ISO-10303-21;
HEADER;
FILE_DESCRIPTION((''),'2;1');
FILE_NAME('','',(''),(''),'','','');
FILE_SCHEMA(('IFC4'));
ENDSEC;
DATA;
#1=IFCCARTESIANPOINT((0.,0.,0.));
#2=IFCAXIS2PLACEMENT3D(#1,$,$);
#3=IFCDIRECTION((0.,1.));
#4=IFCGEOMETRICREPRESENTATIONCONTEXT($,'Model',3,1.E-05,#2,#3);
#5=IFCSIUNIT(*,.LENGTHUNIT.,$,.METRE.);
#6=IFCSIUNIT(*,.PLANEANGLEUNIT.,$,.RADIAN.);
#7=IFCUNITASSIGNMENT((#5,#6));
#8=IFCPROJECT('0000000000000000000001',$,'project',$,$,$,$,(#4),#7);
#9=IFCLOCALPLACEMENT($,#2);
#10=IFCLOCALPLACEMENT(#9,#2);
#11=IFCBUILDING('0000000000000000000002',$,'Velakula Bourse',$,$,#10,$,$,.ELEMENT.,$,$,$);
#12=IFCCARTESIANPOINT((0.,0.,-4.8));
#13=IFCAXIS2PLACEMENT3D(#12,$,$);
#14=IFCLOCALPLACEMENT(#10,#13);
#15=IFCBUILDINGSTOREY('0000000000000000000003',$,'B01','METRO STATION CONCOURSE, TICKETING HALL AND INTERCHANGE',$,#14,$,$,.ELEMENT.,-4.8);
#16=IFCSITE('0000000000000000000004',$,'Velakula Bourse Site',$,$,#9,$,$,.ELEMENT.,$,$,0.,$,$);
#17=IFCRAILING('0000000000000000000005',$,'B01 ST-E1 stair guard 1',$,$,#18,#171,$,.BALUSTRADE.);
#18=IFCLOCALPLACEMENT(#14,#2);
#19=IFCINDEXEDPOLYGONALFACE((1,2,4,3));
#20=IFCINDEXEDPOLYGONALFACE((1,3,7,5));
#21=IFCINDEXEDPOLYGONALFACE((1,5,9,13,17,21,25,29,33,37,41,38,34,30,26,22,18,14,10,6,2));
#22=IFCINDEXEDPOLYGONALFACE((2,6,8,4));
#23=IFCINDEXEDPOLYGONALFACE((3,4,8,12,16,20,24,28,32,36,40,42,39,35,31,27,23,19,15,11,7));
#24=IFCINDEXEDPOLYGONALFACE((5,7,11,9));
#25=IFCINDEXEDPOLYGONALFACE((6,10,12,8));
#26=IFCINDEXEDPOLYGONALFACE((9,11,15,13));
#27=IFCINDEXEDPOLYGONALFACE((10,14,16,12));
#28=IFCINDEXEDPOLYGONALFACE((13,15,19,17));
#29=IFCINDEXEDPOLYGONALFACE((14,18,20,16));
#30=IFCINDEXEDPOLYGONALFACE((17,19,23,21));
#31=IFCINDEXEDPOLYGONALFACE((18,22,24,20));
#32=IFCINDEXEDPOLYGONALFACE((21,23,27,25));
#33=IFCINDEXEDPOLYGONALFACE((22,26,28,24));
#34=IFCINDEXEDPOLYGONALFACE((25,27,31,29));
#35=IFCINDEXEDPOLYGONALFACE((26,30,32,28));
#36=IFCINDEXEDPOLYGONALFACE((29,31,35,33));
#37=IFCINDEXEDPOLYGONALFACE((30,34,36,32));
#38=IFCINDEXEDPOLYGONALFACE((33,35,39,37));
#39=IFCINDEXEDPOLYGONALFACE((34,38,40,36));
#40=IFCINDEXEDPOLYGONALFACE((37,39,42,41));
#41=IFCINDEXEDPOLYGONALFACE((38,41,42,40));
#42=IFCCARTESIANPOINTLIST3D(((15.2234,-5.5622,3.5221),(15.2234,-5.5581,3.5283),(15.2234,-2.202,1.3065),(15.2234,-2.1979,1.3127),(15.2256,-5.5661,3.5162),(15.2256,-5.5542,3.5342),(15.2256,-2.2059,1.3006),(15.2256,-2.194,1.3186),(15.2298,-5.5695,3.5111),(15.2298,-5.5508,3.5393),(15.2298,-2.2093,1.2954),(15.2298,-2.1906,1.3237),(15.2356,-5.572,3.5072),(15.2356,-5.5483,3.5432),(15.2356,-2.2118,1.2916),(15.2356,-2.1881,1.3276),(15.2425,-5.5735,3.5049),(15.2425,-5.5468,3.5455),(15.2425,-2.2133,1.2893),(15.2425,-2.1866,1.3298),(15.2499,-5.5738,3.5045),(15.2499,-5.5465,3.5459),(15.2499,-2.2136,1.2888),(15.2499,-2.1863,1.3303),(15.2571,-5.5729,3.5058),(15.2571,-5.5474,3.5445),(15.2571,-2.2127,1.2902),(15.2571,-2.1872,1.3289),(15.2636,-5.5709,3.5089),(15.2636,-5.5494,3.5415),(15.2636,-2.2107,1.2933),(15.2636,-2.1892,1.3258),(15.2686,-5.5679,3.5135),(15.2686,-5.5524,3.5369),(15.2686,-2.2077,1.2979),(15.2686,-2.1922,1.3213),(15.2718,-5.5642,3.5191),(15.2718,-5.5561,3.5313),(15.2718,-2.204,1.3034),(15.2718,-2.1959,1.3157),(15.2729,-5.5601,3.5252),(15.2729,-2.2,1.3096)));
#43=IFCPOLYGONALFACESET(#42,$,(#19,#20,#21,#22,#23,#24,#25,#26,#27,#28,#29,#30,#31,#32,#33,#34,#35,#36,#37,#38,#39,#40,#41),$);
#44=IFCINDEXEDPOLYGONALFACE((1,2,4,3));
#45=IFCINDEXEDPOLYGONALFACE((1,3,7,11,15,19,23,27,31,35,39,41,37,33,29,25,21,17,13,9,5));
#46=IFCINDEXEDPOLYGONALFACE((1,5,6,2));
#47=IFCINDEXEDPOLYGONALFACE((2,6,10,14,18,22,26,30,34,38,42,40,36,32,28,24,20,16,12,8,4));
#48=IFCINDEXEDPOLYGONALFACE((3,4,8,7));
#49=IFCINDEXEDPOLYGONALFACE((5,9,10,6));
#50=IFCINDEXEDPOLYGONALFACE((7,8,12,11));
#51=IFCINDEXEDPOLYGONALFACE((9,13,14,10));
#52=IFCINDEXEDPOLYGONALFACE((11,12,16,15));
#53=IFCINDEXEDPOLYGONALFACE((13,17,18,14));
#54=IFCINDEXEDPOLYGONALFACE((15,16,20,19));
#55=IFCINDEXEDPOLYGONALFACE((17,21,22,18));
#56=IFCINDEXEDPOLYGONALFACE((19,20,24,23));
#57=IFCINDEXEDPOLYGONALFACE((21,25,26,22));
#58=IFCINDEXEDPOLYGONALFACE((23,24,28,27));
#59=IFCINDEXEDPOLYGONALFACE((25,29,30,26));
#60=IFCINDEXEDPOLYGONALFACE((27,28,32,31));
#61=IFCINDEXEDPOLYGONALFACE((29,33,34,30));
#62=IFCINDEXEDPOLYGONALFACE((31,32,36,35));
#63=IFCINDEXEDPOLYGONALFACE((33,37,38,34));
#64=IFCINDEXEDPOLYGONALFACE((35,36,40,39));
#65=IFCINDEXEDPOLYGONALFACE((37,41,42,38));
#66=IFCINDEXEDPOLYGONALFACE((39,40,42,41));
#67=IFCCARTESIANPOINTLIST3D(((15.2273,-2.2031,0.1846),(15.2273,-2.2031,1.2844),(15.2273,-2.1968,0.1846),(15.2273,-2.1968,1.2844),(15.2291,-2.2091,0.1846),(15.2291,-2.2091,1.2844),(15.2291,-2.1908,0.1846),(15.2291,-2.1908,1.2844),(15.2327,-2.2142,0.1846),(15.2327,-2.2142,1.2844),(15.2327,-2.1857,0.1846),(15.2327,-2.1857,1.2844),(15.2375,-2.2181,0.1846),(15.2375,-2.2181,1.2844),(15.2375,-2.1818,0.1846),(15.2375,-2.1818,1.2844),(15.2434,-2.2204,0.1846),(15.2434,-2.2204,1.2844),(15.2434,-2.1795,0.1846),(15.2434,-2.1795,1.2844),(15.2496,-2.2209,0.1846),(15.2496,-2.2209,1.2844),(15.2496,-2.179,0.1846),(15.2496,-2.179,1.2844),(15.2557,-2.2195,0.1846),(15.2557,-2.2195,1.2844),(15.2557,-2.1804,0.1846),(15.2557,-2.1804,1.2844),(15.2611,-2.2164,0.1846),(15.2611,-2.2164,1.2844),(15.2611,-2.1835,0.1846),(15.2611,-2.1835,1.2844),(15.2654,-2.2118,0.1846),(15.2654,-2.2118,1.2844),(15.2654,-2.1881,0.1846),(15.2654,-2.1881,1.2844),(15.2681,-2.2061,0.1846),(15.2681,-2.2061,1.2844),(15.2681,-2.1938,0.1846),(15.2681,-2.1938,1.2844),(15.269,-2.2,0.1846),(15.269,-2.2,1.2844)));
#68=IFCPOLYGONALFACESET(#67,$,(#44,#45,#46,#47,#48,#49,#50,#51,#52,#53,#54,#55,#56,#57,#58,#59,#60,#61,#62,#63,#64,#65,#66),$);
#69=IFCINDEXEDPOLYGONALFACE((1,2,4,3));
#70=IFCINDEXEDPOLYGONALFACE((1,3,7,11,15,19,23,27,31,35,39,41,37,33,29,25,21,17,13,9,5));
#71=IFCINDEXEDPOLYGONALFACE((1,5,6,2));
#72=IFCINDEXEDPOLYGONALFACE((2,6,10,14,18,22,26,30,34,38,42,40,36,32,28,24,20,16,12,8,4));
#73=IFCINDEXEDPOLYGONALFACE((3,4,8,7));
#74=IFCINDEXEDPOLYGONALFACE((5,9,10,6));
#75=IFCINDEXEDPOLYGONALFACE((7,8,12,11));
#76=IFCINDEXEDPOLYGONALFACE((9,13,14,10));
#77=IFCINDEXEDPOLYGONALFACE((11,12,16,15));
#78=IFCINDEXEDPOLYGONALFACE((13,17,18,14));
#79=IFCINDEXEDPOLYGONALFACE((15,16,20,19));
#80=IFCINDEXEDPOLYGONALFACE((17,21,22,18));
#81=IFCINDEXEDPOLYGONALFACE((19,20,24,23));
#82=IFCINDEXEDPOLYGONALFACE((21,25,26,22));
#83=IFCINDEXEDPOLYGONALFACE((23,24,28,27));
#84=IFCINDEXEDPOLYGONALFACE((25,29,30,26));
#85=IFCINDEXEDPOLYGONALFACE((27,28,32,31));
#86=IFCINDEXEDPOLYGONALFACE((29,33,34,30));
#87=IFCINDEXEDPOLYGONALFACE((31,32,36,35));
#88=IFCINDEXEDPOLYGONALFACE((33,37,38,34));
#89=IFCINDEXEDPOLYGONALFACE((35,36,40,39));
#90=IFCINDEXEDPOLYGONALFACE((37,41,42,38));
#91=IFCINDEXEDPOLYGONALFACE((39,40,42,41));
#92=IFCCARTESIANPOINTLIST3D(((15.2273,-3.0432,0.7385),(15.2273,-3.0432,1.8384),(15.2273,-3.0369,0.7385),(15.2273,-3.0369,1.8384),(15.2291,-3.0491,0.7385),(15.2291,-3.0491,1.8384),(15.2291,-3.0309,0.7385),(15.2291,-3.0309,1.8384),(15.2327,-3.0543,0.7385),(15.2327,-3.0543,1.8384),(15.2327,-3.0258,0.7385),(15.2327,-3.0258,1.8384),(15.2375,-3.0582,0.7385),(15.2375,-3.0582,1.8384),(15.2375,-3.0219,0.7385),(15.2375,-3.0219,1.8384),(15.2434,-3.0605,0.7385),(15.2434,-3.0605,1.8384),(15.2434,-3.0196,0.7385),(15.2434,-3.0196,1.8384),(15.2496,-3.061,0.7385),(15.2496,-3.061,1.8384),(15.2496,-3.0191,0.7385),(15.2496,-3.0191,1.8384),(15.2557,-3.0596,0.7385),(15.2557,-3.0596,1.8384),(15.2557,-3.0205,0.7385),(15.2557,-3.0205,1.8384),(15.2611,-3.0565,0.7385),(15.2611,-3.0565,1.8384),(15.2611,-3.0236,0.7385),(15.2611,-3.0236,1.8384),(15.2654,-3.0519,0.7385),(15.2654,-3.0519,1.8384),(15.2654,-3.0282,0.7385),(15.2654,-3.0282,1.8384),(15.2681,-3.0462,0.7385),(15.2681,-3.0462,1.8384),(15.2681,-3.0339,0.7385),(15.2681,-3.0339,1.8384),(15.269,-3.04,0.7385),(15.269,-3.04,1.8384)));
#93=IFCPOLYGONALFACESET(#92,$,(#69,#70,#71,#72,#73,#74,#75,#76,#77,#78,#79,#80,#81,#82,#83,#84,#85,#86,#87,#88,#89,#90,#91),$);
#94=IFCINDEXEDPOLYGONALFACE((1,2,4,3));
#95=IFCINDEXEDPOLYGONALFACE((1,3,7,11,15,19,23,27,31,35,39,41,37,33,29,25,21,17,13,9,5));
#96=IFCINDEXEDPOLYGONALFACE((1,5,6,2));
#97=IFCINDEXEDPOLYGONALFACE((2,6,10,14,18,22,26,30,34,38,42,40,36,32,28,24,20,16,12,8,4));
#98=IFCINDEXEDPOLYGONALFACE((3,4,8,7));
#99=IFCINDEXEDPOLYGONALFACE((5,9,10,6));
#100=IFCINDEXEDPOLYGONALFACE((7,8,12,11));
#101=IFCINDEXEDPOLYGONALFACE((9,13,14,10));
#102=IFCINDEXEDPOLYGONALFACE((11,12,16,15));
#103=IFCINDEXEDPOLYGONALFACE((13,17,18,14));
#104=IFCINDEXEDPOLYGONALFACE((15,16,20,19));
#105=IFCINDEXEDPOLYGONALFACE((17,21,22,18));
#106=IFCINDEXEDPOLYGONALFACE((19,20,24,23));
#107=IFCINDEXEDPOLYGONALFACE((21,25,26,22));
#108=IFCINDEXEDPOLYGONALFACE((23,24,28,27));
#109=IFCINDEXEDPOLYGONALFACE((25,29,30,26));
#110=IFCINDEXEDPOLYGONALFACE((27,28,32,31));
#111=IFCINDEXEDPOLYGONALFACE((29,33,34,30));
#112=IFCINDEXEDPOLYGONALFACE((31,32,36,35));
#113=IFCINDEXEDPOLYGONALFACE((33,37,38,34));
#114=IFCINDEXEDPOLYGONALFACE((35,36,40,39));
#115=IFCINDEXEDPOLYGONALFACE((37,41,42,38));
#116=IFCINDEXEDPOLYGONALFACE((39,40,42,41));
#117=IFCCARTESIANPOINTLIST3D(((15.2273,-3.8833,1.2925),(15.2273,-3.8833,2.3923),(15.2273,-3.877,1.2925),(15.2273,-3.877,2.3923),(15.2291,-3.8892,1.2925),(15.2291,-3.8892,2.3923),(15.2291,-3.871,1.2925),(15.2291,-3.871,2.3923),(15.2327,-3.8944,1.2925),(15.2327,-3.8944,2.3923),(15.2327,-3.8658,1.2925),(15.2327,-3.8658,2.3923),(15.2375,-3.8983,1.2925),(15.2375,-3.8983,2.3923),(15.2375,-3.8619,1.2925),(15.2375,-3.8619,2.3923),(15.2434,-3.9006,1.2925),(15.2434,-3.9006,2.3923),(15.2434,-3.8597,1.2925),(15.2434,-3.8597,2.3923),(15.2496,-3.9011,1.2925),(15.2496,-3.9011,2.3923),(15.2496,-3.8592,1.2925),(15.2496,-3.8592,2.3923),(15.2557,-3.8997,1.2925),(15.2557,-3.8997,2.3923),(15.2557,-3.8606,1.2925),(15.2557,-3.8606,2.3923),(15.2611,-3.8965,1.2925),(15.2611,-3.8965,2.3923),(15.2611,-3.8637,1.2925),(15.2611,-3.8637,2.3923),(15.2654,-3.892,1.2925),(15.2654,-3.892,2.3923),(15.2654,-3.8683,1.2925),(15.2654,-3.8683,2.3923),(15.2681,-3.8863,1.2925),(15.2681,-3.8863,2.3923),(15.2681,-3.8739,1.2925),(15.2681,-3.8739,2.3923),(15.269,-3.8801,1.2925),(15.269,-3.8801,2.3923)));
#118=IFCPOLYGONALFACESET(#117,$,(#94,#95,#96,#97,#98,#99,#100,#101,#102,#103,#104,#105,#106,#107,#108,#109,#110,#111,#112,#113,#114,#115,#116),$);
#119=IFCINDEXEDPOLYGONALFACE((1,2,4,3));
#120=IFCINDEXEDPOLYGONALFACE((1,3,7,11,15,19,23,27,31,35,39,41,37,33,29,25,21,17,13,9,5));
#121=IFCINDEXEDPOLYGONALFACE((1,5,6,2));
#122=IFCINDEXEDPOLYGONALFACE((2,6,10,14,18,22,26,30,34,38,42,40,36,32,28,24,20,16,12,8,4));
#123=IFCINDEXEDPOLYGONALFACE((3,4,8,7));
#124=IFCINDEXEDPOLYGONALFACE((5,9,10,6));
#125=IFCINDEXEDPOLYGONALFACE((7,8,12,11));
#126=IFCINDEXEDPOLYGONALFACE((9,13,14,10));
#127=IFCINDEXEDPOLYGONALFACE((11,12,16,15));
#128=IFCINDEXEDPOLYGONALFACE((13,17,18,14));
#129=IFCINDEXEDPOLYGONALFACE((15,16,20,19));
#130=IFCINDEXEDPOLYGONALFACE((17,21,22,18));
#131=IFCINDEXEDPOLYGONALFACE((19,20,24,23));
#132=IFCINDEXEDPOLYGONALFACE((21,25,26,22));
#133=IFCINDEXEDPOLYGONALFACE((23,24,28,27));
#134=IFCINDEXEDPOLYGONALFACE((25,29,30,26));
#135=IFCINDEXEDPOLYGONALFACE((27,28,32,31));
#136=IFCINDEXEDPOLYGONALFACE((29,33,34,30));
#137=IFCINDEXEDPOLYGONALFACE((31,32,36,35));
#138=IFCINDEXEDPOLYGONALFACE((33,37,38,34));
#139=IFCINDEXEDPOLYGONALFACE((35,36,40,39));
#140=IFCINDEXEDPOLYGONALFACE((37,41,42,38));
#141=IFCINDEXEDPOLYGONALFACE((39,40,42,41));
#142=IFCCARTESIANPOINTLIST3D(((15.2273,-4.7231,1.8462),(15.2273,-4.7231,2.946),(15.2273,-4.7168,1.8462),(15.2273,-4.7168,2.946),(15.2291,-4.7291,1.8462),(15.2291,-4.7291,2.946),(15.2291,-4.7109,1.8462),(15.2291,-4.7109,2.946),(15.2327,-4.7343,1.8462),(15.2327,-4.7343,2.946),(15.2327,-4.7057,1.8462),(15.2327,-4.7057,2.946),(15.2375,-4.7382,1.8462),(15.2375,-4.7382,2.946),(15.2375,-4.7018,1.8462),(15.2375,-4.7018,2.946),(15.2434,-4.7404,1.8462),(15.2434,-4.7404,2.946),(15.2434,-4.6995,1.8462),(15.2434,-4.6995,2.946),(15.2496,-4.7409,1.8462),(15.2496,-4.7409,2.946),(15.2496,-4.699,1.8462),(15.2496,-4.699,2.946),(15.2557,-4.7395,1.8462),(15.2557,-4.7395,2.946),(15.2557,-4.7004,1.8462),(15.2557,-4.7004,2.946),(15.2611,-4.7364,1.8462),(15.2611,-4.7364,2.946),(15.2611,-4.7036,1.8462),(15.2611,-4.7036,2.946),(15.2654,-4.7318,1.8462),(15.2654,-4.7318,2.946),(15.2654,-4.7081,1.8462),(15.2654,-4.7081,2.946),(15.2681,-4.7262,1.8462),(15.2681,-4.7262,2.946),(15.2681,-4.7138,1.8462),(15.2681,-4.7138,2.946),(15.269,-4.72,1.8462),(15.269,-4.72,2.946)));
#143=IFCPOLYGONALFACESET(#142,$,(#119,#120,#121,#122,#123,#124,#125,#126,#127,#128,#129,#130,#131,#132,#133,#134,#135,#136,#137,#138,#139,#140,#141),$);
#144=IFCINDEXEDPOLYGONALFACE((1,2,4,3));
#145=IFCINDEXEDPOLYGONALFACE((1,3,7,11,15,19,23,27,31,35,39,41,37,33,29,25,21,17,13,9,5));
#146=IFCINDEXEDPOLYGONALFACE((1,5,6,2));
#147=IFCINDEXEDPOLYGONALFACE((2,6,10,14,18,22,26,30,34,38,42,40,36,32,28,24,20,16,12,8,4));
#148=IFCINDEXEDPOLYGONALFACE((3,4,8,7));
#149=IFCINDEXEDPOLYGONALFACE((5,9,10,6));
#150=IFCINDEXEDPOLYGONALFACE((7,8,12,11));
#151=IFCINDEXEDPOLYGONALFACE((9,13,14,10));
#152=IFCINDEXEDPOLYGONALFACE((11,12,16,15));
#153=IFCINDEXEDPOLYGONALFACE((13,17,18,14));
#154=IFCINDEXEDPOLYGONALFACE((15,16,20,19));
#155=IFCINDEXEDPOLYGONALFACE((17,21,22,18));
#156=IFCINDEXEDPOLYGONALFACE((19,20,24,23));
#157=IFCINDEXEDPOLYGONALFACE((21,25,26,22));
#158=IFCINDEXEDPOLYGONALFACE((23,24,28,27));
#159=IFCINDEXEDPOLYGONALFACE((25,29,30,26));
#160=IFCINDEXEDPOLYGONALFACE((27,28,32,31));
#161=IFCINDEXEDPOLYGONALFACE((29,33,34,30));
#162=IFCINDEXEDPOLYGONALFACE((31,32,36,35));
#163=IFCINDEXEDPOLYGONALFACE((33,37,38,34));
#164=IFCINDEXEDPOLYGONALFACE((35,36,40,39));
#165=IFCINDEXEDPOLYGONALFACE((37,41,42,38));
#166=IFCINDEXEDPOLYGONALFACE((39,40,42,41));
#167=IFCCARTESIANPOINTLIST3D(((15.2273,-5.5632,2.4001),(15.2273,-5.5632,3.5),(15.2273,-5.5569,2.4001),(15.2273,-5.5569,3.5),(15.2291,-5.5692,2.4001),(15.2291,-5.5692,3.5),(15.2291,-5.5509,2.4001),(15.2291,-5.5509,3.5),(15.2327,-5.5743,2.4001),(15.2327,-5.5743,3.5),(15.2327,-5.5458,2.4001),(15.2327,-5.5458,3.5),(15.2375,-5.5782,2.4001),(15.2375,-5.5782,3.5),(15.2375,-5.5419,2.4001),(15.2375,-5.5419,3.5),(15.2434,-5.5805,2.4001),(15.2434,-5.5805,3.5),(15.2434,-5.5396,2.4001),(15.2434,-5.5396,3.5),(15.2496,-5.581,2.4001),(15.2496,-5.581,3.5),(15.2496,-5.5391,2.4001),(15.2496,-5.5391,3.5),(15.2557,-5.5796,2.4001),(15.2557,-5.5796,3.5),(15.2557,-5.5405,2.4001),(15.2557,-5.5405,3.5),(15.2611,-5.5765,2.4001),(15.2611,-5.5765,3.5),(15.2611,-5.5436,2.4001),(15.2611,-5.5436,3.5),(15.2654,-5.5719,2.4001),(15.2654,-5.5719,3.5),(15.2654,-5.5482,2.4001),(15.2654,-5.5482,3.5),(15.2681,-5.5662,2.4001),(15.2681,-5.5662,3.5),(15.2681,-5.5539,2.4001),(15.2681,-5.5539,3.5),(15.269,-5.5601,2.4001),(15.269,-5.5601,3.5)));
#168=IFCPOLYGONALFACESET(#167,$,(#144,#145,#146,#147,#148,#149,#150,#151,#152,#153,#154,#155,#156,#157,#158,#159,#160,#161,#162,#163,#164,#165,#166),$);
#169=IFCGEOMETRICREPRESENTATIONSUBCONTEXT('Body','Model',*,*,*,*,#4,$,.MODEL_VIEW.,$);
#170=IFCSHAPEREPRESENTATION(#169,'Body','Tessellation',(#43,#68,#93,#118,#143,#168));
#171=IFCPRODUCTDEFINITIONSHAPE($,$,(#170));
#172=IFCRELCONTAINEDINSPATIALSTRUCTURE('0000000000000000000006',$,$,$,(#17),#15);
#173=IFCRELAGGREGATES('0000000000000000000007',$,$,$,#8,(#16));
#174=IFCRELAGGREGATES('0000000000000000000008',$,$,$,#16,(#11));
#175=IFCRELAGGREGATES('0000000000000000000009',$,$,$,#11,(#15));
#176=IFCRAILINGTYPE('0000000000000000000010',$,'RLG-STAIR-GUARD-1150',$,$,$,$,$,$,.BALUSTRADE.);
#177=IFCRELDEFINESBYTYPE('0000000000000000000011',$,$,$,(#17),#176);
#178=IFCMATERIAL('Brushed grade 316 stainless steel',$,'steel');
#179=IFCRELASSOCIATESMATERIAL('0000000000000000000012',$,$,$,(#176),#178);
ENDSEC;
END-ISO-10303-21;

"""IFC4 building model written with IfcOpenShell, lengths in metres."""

from ifc_helpers import new_model, si_unit, direction, frame, origin, origin_2d, place, context, subcontext, project, spatial, circle, extrude, material, type_object, element, save


model = new_model("IFC4")

# Units and contexts
model_context = context("Model", 3, precision=1e-05, world=origin(), true_north=direction((0.0, 1.0)))
body_context = subcontext(model_context, "Body", "Model", "MODEL_VIEW")
ifc_project = project(units=[si_unit("LENGTHUNIT", "METRE"), si_unit("PLANEANGLEUNIT", "RADIAN")], contexts=[model_context])

# Site, building, storey
site_placement = place(None, origin())
site = spatial("IfcSite", under=ifc_project, at=site_placement, Name="Velakula Bourse Site", CompositionType="ELEMENT", RefElevation=0.0)
building_placement = place(site_placement, origin())
building = spatial("IfcBuilding", under=site, at=building_placement, Name="Velakula Bourse", CompositionType="ELEMENT")
storey_placement = place(building_placement, frame((0.0, 0.0, -4.8)))
storey = spatial("IfcBuildingStorey", under=building, at=storey_placement, Name="B01", Description="METRO STATION CONCOURSE, TICKETING HALL AND INTERCHANGE", CompositionType="ELEMENT", Elevation=-4.8)

# Shared definitions
ifc_material_1 = material(Name="Brushed grade 316 stainless steel", Category="steel")

# Railing
railing_type_1 = type_object("IfcRailingType", Name="RLG-STAIR-GUARD-1150", PredefinedType="BALUSTRADE", material=ifc_material_1)
railing_1_placement = place(storey_placement, frame((15.248, -2.2, 0.1846)))
element("IfcRailing", 1, at=railing_1_placement, inside=storey, type_object=railing_type_1, Name="B01 ST-E1 stair guard 1", PredefinedType="BALUSTRADE", context=body_context, shape_type="SweptSolid", body=[
    extrude(circle(Radius=0.0249, at=origin_2d()), frame((0.0, 0.0, 1.125), z_axis=(0.0, -0.834849, 0.55048), x_axis=(1.0, 0.0, 0.0)), (0.0, 0.0, 1.0), 4.0249),
    extrude(circle(Radius=0.021, at=origin_2d()), origin(), (0.0, 0.0, 1.0), 1.0999),
    extrude(circle(Radius=0.021, at=origin_2d()), frame((0.0, -0.8401, 0.554)), (0.0, 0.0, 1.0), 1.0999),
    extrude(circle(Radius=0.021, at=origin_2d()), frame((0.0, -1.6802, 1.1079)), (0.0, 0.0, 1.0), 1.0999),
    extrude(circle(Radius=0.021, at=origin_2d()), frame((0.0, -2.52, 1.6616)), (0.0, 0.0, 1.0), 1.0999),
    extrude(circle(Radius=0.021, at=origin_2d()), frame((0.0, -3.3601, 2.2156)), (0.0, 0.0, 1.0), 1.0999),
])

save(model, "model.ifc")
